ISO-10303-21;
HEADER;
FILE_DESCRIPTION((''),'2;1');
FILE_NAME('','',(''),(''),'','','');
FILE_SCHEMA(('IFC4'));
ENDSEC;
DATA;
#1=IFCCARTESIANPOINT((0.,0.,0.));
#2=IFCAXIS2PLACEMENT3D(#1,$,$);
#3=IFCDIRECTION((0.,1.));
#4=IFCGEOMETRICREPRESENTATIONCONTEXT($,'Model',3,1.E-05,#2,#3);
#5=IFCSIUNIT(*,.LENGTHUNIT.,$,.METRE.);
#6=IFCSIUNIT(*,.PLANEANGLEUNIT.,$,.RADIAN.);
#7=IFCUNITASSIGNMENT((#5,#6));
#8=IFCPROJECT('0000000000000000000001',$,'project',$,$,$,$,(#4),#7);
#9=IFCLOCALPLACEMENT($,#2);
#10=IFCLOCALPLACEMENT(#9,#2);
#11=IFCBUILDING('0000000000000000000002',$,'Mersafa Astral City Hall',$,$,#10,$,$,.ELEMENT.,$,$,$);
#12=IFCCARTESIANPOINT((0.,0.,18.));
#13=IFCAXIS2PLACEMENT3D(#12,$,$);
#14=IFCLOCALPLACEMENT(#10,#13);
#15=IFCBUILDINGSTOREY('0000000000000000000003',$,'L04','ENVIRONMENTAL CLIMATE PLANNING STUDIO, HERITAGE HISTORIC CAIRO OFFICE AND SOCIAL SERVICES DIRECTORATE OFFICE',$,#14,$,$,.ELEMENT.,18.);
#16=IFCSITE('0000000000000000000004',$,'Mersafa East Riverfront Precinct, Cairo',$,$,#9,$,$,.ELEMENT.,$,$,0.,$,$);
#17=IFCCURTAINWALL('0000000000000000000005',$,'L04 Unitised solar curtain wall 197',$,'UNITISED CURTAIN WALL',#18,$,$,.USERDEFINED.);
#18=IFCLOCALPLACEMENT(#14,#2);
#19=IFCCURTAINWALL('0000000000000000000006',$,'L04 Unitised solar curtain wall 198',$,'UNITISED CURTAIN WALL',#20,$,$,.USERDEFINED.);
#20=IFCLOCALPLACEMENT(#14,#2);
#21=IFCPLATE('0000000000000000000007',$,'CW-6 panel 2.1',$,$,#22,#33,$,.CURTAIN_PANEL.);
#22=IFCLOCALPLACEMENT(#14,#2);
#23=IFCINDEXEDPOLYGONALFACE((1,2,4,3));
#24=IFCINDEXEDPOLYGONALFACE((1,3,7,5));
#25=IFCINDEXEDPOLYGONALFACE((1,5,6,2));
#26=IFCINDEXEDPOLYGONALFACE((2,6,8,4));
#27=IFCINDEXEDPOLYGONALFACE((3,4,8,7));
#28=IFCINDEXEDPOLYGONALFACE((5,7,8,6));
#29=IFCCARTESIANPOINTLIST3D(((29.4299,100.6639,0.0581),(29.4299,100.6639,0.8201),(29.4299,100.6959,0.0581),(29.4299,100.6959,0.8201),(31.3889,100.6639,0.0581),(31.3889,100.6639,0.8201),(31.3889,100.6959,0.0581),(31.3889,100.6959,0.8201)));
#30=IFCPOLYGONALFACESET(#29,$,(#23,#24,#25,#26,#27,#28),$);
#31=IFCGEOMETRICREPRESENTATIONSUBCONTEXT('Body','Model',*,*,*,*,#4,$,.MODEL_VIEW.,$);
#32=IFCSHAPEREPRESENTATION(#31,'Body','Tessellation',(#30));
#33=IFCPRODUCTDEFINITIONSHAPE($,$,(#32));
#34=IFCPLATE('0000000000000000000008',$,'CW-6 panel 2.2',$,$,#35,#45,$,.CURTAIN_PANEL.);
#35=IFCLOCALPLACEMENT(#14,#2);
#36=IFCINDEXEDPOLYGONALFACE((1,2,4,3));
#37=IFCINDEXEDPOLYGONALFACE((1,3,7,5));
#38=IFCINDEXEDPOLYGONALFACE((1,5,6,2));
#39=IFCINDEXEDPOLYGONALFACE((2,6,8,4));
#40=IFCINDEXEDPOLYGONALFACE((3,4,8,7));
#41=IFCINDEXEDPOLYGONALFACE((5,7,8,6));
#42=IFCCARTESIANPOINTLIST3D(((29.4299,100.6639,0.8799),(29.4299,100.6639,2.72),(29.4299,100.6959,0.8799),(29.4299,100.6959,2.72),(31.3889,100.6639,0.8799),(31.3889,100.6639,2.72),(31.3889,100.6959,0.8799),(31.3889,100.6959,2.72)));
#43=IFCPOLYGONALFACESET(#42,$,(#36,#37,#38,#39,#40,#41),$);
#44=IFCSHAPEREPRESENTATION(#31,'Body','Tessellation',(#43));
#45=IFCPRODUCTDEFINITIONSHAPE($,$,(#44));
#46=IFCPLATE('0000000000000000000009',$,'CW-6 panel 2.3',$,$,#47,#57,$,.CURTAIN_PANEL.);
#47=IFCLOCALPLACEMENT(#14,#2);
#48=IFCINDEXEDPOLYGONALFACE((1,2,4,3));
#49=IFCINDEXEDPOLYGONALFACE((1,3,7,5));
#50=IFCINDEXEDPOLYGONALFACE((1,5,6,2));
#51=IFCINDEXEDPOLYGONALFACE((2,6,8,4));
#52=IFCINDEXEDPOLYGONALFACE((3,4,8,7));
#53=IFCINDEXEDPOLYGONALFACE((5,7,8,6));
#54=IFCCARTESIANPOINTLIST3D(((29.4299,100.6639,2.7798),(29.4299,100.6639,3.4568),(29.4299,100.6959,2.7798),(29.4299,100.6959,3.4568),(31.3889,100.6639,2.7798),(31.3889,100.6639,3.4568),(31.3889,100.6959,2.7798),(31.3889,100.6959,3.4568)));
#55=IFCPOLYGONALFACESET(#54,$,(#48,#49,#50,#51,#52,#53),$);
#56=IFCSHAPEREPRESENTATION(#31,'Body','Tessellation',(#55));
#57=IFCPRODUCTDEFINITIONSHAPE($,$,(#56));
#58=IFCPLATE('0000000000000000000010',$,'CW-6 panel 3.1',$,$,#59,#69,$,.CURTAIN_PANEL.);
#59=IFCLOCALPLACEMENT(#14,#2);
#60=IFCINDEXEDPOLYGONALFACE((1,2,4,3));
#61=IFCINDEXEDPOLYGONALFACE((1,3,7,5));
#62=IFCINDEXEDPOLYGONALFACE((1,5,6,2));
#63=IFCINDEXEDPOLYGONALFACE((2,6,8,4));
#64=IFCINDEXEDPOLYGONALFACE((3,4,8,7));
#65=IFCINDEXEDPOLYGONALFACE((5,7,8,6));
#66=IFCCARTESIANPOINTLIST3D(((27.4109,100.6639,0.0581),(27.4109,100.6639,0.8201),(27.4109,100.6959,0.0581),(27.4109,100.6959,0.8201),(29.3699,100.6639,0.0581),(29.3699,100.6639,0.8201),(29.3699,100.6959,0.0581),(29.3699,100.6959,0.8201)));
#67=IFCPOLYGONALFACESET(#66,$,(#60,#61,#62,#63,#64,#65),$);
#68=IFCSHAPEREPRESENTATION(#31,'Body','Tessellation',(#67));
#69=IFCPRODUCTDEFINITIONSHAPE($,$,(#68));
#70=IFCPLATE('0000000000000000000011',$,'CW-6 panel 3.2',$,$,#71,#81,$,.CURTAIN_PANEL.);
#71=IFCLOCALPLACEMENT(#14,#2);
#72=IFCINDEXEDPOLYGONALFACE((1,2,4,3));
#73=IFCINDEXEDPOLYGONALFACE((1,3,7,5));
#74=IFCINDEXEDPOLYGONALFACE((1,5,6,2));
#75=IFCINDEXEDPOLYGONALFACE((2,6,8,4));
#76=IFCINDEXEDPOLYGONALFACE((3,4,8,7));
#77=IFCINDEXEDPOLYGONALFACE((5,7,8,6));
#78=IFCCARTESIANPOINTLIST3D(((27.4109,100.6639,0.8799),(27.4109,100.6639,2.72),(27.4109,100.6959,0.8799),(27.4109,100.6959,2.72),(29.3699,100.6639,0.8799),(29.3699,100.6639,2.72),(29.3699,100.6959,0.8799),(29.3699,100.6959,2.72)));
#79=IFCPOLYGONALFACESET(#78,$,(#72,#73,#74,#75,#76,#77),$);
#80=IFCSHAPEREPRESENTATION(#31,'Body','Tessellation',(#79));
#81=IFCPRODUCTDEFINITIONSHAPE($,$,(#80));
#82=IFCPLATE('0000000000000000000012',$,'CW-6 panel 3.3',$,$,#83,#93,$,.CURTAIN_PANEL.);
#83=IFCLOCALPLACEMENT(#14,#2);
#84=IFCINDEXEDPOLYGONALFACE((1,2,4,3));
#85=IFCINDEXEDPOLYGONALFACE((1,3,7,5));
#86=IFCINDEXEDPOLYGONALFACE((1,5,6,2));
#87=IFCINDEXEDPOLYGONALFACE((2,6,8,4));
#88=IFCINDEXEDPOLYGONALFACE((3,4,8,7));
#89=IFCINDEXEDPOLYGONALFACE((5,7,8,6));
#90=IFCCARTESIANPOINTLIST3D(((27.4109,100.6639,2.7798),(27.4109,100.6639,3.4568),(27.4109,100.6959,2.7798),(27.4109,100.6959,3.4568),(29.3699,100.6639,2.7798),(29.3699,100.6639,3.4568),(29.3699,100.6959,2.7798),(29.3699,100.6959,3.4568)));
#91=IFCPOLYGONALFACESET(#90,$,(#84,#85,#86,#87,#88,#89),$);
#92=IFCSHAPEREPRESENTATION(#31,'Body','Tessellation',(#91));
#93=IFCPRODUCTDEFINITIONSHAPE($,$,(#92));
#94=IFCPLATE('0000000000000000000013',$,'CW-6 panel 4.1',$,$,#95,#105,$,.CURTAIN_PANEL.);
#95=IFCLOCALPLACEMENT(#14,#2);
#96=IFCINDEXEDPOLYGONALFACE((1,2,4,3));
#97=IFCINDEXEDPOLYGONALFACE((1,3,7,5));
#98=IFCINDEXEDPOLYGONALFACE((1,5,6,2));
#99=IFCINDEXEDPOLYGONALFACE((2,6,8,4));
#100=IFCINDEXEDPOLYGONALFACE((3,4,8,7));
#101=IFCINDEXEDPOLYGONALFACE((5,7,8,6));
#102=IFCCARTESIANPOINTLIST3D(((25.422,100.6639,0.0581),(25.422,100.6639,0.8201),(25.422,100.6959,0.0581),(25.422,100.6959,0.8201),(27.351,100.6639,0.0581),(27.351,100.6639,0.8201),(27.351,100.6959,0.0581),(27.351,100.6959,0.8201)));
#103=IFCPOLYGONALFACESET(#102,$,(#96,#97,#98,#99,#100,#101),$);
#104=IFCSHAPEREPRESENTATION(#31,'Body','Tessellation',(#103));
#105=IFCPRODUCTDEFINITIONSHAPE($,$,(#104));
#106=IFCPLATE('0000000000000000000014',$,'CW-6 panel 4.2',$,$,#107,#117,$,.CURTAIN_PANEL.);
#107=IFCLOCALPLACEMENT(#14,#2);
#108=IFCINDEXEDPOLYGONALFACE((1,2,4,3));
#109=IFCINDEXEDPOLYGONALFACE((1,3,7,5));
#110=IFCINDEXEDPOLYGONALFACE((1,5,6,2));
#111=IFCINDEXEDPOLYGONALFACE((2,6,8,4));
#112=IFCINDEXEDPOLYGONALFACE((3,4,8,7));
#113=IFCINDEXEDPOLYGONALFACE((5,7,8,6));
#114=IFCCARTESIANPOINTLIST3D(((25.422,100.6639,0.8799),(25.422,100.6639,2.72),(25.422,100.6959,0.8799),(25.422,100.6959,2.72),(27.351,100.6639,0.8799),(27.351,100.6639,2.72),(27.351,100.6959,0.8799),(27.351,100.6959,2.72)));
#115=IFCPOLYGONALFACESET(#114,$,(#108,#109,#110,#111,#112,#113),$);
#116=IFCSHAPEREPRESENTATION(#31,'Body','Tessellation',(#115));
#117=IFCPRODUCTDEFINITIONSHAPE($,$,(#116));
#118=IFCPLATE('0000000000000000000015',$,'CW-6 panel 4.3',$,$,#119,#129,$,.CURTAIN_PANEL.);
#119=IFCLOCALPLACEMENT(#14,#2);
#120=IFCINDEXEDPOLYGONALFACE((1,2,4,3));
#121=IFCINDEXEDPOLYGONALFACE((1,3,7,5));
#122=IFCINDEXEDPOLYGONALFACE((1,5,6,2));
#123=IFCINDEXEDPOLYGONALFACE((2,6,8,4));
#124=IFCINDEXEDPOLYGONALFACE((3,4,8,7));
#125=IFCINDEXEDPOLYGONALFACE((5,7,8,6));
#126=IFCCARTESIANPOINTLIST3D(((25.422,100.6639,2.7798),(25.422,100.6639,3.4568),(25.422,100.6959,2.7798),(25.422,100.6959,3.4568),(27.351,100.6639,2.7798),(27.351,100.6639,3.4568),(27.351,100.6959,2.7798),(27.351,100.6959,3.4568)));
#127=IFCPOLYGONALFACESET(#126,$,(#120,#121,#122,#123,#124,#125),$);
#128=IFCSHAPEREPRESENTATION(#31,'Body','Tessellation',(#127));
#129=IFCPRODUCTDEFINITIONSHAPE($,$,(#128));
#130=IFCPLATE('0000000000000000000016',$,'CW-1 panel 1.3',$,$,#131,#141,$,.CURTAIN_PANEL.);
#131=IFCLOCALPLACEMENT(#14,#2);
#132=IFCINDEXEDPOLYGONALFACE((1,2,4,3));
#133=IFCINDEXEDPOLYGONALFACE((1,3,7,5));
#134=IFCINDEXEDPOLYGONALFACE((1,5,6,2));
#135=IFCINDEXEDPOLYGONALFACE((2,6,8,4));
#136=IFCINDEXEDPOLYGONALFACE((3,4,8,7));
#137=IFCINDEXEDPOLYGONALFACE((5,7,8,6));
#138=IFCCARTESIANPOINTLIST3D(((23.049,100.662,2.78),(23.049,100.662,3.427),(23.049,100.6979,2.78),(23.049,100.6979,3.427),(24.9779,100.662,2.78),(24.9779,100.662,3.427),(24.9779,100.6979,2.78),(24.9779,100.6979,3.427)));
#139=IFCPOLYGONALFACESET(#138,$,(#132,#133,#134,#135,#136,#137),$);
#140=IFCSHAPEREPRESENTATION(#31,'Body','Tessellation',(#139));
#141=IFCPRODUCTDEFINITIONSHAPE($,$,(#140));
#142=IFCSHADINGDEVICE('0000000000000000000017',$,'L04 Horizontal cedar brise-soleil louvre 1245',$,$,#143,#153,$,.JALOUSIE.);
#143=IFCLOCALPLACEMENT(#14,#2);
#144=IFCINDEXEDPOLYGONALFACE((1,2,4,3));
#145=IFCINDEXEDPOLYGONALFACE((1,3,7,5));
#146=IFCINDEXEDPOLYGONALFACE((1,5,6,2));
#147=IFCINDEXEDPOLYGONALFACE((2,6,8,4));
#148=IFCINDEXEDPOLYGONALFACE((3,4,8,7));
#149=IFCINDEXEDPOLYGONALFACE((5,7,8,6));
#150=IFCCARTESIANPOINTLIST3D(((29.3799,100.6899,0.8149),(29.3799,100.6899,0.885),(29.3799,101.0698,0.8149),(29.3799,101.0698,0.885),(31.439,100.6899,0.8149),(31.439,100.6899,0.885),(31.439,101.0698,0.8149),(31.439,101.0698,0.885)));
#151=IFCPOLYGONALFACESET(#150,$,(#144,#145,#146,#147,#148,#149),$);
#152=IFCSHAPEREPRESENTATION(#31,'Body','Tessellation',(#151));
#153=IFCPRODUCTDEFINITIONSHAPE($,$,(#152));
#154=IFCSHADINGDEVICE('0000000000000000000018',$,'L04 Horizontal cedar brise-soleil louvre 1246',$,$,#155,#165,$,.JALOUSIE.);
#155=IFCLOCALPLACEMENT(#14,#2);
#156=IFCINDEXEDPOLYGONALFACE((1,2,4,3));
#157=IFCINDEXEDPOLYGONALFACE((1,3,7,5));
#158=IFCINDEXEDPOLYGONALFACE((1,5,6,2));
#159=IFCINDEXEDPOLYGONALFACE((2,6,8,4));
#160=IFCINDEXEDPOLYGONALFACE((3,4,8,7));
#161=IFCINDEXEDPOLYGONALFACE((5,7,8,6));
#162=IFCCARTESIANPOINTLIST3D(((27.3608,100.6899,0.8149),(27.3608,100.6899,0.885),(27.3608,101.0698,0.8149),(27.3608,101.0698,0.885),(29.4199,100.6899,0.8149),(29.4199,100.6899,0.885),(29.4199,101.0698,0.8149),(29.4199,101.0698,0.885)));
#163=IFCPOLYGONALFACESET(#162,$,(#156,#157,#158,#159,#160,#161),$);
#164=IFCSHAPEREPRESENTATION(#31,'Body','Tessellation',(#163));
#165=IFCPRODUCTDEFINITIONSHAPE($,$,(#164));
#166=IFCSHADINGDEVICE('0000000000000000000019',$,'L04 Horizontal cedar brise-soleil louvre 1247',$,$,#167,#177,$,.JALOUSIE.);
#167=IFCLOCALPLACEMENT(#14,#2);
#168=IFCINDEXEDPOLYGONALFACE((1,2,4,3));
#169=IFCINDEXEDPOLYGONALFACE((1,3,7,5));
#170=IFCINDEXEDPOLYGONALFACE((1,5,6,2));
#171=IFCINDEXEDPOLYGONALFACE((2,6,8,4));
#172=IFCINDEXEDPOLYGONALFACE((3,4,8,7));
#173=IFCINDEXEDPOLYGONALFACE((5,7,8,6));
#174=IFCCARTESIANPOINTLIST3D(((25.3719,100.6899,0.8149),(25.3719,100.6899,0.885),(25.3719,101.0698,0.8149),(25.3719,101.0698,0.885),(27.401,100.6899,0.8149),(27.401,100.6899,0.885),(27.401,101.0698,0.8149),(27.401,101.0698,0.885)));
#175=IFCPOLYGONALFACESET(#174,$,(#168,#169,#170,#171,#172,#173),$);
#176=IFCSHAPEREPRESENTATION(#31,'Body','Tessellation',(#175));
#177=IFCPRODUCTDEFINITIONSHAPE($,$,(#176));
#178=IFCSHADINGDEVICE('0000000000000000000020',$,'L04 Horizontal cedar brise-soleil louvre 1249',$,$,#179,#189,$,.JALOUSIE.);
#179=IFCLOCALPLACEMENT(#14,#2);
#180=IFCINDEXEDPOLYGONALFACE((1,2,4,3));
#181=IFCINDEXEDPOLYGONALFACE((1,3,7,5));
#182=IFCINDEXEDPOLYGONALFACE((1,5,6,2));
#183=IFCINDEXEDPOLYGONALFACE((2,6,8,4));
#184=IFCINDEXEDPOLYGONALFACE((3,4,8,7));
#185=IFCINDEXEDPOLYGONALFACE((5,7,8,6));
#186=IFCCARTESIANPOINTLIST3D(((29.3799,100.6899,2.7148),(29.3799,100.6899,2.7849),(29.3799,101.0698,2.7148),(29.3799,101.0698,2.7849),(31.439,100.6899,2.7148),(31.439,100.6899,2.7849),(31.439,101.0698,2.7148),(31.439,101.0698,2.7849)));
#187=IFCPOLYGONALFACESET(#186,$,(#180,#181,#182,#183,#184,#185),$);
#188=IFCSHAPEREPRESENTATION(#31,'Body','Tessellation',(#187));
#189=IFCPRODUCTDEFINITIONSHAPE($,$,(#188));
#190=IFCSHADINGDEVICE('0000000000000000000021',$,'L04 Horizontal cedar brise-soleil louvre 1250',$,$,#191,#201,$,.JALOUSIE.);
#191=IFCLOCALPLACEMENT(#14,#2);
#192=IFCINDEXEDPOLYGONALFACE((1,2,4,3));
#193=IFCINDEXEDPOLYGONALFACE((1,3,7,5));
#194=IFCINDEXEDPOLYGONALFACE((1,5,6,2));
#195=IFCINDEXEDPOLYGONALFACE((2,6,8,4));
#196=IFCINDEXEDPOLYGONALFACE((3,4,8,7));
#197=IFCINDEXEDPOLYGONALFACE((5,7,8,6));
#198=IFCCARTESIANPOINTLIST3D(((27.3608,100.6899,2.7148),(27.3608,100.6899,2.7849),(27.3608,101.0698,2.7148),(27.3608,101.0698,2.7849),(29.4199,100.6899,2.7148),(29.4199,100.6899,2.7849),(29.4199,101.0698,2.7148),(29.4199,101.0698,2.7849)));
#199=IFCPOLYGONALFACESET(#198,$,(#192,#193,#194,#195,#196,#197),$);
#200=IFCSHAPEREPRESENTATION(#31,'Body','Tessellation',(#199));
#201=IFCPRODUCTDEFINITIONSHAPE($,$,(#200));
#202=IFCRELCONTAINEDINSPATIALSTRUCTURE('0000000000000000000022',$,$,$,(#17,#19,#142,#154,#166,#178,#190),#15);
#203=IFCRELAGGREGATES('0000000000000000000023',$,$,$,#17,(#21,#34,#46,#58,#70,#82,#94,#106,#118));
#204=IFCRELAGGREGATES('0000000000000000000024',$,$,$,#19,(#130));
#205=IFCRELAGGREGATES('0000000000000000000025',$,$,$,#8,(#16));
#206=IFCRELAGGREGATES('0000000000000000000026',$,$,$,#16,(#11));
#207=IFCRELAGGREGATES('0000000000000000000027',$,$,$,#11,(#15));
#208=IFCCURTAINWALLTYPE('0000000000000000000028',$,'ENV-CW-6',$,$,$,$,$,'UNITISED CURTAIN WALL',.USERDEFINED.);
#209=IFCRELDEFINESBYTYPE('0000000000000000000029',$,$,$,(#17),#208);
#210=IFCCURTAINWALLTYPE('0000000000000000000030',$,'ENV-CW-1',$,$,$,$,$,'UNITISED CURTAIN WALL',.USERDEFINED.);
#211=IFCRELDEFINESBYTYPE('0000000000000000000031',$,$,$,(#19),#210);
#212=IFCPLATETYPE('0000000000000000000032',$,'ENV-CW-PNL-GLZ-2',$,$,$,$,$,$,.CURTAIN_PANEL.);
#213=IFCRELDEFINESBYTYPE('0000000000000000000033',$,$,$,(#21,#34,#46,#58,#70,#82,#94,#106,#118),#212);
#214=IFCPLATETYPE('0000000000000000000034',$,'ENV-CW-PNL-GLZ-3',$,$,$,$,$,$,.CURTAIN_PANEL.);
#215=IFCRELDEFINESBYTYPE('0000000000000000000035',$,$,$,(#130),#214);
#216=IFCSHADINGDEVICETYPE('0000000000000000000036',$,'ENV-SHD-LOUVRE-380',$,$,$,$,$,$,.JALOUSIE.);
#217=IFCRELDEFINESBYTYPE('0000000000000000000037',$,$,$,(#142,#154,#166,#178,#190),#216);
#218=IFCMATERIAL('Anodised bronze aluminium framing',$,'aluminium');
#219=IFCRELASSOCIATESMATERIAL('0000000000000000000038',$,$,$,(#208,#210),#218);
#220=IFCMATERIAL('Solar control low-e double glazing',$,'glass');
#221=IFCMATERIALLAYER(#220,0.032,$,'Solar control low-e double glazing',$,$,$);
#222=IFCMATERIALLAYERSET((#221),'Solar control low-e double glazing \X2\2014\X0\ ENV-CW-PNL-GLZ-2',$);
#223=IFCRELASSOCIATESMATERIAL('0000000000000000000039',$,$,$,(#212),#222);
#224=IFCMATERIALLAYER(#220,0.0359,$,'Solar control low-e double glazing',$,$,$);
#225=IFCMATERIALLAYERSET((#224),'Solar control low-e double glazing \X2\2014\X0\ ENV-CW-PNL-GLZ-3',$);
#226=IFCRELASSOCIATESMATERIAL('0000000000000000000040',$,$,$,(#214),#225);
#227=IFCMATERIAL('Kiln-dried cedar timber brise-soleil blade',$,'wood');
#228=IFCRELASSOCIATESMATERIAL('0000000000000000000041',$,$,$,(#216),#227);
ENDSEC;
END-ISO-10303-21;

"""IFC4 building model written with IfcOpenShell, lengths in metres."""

from ifc_helpers import new_model, si_unit, direction, frame, origin, origin_2d, place, context, subcontext, project, spatial, rectangle, extrude, material, layer, layer_set, type_object, element, aggregate, save


model = new_model("IFC4")

# Units and contexts
model_context = context("Model", 3, precision=1e-05, world=origin(), true_north=direction((0.0, 1.0)))
body_context = subcontext(model_context, "Body", "Model", "MODEL_VIEW")
ifc_project = project(units=[si_unit("LENGTHUNIT", "METRE"), si_unit("PLANEANGLEUNIT", "RADIAN")], contexts=[model_context])

# Site, building, storey
site_placement = place(None, origin())
site = spatial("IfcSite", under=ifc_project, at=site_placement, Name="Mersafa East Riverfront Precinct, Cairo", CompositionType="ELEMENT", RefElevation=0.0)
building_placement = place(site_placement, origin())
building = spatial("IfcBuilding", under=site, at=building_placement, Name="Mersafa Astral City Hall", CompositionType="ELEMENT")
storey_placement = place(building_placement, frame((0.0, 0.0, 18.0)))
storey = spatial("IfcBuildingStorey", under=building, at=storey_placement, Name="L04", Description="ENVIRONMENTAL CLIMATE PLANNING STUDIO, HERITAGE HISTORIC CAIRO OFFICE AND SOCIAL SERVICES DIRECTORATE OFFICE", CompositionType="ELEMENT", Elevation=18.0)

# Curtain wall
ifc_material_1 = material(Name="Anodised bronze aluminium framing", Category="aluminium")
curtain_wall_type_1 = type_object("IfcCurtainWallType", Name="ENV-CW-6", ElementType="UNITISED CURTAIN WALL", PredefinedType="USERDEFINED", material=ifc_material_1)
curtain_wall_1_placement = place(storey_placement, origin())
curtain_wall_1 = element("IfcCurtainWall", 1, at=curtain_wall_1_placement, inside=storey, type_object=curtain_wall_type_1, Name="L04 Unitised solar curtain wall 197", ObjectType="UNITISED CURTAIN WALL", PredefinedType="USERDEFINED")

# Curtain wall
curtain_wall_type_2 = type_object("IfcCurtainWallType", Name="ENV-CW-1", ElementType="UNITISED CURTAIN WALL", PredefinedType="USERDEFINED", material=ifc_material_1)
curtain_wall_2_placement = place(storey_placement, origin())
curtain_wall_2 = element("IfcCurtainWall", 2, at=curtain_wall_2_placement, inside=storey, type_object=curtain_wall_type_2, Name="L04 Unitised solar curtain wall 198", ObjectType="UNITISED CURTAIN WALL", PredefinedType="USERDEFINED")

# Plates
ifc_material_2 = material(Name="Solar control low-e double glazing", Category="glass")
ifc_layer_1 = layer(ifc_material_2, 0.032, Name="Solar control low-e double glazing")
ifc_layer_set_1 = layer_set([ifc_layer_1], Name="Solar control low-e double glazing — ENV-CW-PNL-GLZ-2")
plate_type_1 = type_object("IfcPlateType", Name="ENV-CW-PNL-GLZ-2", PredefinedType="CURTAIN_PANEL", material=ifc_layer_set_1)
plate_1_placement = place(storey_placement, frame((30.4094, 100.6799, 0.0581), z_axis=(0.0, 0.0, 1.0), x_axis=(-1.0, 0.0, 0.0)))
plate_1 = element("IfcPlate", 3, at=plate_1_placement, type_object=plate_type_1, Name="CW-6 panel 2.1", PredefinedType="CURTAIN_PANEL", context=body_context, shape_type="SweptSolid", body=[
    extrude(rectangle(XDim=1.959, YDim=0.032, at=origin_2d()), origin(), (0.0, 0.0, 1.0), 0.762),
])
plate_2_placement = place(storey_placement, frame((30.4094, 100.6799, 0.8799), z_axis=(0.0, 0.0, 1.0), x_axis=(-1.0, 0.0, 0.0)))
plate_2 = element("IfcPlate", 4, at=plate_2_placement, type_object=plate_type_1, Name="CW-6 panel 2.2", PredefinedType="CURTAIN_PANEL", context=body_context, shape_type="SweptSolid", body=[
    extrude(rectangle(XDim=1.959, YDim=0.032, at=origin_2d()), origin(), (0.0, 0.0, 1.0), 1.8401),
])
plate_3_placement = place(storey_placement, frame((30.4094, 100.6799, 2.7798), z_axis=(0.0, 0.0, 1.0), x_axis=(-1.0, 0.0, 0.0)))
plate_3 = element("IfcPlate", 5, at=plate_3_placement, type_object=plate_type_1, Name="CW-6 panel 2.3", PredefinedType="CURTAIN_PANEL", context=body_context, shape_type="SweptSolid", body=[
    extrude(rectangle(XDim=1.959, YDim=0.032, at=origin_2d()), origin(), (0.0, 0.0, 1.0), 0.677),
])
plate_4_placement = place(storey_placement, frame((28.3904, 100.6799, 0.0581), z_axis=(0.0, 0.0, 1.0), x_axis=(-1.0, 0.0, 0.0)))
plate_4 = element("IfcPlate", 6, at=plate_4_placement, type_object=plate_type_1, Name="CW-6 panel 3.1", PredefinedType="CURTAIN_PANEL", context=body_context, shape_type="SweptSolid", body=[
    extrude(rectangle(XDim=1.959, YDim=0.032, at=origin_2d()), origin(), (0.0, 0.0, 1.0), 0.762),
])
plate_5_placement = place(storey_placement, frame((28.3904, 100.6799, 0.8799), z_axis=(0.0, 0.0, 1.0), x_axis=(-1.0, 0.0, 0.0)))
plate_5 = element("IfcPlate", 7, at=plate_5_placement, type_object=plate_type_1, Name="CW-6 panel 3.2", PredefinedType="CURTAIN_PANEL", context=body_context, shape_type="SweptSolid", body=[
    extrude(rectangle(XDim=1.959, YDim=0.032, at=origin_2d()), origin(), (0.0, 0.0, 1.0), 1.8401),
])
plate_6_placement = place(storey_placement, frame((28.3904, 100.6799, 2.7798), z_axis=(0.0, 0.0, 1.0), x_axis=(-1.0, 0.0, 0.0)))
plate_6 = element("IfcPlate", 8, at=plate_6_placement, type_object=plate_type_1, Name="CW-6 panel 3.3", PredefinedType="CURTAIN_PANEL", context=body_context, shape_type="SweptSolid", body=[
    extrude(rectangle(XDim=1.959, YDim=0.032, at=origin_2d()), origin(), (0.0, 0.0, 1.0), 0.677),
])
plate_7_placement = place(storey_placement, frame((26.3865, 100.6799, 0.0581), z_axis=(0.0, 0.0, 1.0), x_axis=(-1.0, 0.0, 0.0)))
plate_7 = element("IfcPlate", 9, at=plate_7_placement, type_object=plate_type_1, Name="CW-6 panel 4.1", PredefinedType="CURTAIN_PANEL", context=body_context, shape_type="SweptSolid", body=[
    extrude(rectangle(XDim=1.929, YDim=0.032, at=origin_2d()), origin(), (0.0, 0.0, 1.0), 0.762),
])
plate_8_placement = place(storey_placement, frame((26.3865, 100.6799, 0.8799), z_axis=(0.0, 0.0, 1.0), x_axis=(-1.0, 0.0, 0.0)))
plate_8 = element("IfcPlate", 10, at=plate_8_placement, type_object=plate_type_1, Name="CW-6 panel 4.2", PredefinedType="CURTAIN_PANEL", context=body_context, shape_type="SweptSolid", body=[
    extrude(rectangle(XDim=1.929, YDim=0.032, at=origin_2d()), origin(), (0.0, 0.0, 1.0), 1.8401),
])
plate_9_placement = place(storey_placement, frame((26.3865, 100.6799, 2.7798), z_axis=(0.0, 0.0, 1.0), x_axis=(-1.0, 0.0, 0.0)))
plate_9 = element("IfcPlate", 11, at=plate_9_placement, type_object=plate_type_1, Name="CW-6 panel 4.3", PredefinedType="CURTAIN_PANEL", context=body_context, shape_type="SweptSolid", body=[
    extrude(rectangle(XDim=1.929, YDim=0.032, at=origin_2d()), origin(), (0.0, 0.0, 1.0), 0.677),
])
aggregate(curtain_wall_1, [plate_1, plate_2, plate_3, plate_4, plate_5, plate_6, plate_7, plate_8, plate_9])
ifc_layer_2 = layer(ifc_material_2, 0.0359, Name="Solar control low-e double glazing")
ifc_layer_set_2 = layer_set([ifc_layer_2], Name="Solar control low-e double glazing — ENV-CW-PNL-GLZ-3")
plate_type_2 = type_object("IfcPlateType", Name="ENV-CW-PNL-GLZ-3", PredefinedType="CURTAIN_PANEL", material=ifc_layer_set_2)
plate_10_placement = place(storey_placement, frame((24.0134, 100.6799, 2.78), z_axis=(0.0, 0.0, 1.0), x_axis=(-1.0, 0.0, 0.0)))
plate_10 = element("IfcPlate", 12, at=plate_10_placement, type_object=plate_type_2, Name="CW-1 panel 1.3", PredefinedType="CURTAIN_PANEL", context=body_context, shape_type="SweptSolid", body=[
    extrude(rectangle(XDim=1.929, YDim=0.0359, at=origin_2d()), origin(), (0.0, 0.0, 1.0), 0.647),
])
aggregate(curtain_wall_2, [plate_10])

# Shading devices
ifc_material_3 = material(Name="Kiln-dried cedar timber brise-soleil blade", Category="wood")
shading_device_type = type_object("IfcShadingDeviceType", Name="ENV-SHD-LOUVRE-380", PredefinedType="JALOUSIE", material=ifc_material_3)
for number, where, z_axis, x_axis, name in (
    (13, (30.4094, 100.8799, 0.8149), (0.0, 0.0, 1.0), (-1.0, 0.0, 0.0), "L04 Horizontal cedar brise-soleil louvre 1245"),
    (14, (28.3904, 100.8799, 0.8149), (0.0, 0.0, 1.0), (-1.0, 0.0, 0.0), "L04 Horizontal cedar brise-soleil louvre 1246"),
):
    element("IfcShadingDevice", number, at=place(storey_placement, frame(where, z_axis=z_axis, x_axis=x_axis)), inside=storey, type_object=shading_device_type, Name=name, PredefinedType="JALOUSIE", context=body_context, shape_type="SweptSolid", body=[
        extrude(rectangle(XDim=2.0591, YDim=0.3799, at=origin_2d()), origin(), (0.0, 0.0, 1.0), 0.0701),
    ])
shading_device_1_placement = place(storey_placement, frame((26.3865, 100.8799, 0.8149), z_axis=(0.0, 0.0, 1.0), x_axis=(-1.0, 0.0, 0.0)))
element("IfcShadingDevice", 15, at=shading_device_1_placement, inside=storey, type_object=shading_device_type, Name="L04 Horizontal cedar brise-soleil louvre 1247", PredefinedType="JALOUSIE", context=body_context, shape_type="SweptSolid", body=[
    extrude(rectangle(XDim=2.0291, YDim=0.3799, at=origin_2d()), origin(), (0.0, 0.0, 1.0), 0.0701),
])
for number, where, z_axis, x_axis, name in (
    (16, (30.4094, 100.8799, 2.7148), (0.0, 0.0, 1.0), (-1.0, 0.0, 0.0), "L04 Horizontal cedar brise-soleil louvre 1249"),
    (17, (28.3904, 100.8799, 2.7148), (0.0, 0.0, 1.0), (-1.0, 0.0, 0.0), "L04 Horizontal cedar brise-soleil louvre 1250"),
):
    element("IfcShadingDevice", number, at=place(storey_placement, frame(where, z_axis=z_axis, x_axis=x_axis)), inside=storey, type_object=shading_device_type, Name=name, PredefinedType="JALOUSIE", context=body_context, shape_type="SweptSolid", body=[
        extrude(rectangle(XDim=2.0591, YDim=0.3799, at=origin_2d()), origin(), (0.0, 0.0, 1.0), 0.0701),
    ])

save(model, "model.ifc")
